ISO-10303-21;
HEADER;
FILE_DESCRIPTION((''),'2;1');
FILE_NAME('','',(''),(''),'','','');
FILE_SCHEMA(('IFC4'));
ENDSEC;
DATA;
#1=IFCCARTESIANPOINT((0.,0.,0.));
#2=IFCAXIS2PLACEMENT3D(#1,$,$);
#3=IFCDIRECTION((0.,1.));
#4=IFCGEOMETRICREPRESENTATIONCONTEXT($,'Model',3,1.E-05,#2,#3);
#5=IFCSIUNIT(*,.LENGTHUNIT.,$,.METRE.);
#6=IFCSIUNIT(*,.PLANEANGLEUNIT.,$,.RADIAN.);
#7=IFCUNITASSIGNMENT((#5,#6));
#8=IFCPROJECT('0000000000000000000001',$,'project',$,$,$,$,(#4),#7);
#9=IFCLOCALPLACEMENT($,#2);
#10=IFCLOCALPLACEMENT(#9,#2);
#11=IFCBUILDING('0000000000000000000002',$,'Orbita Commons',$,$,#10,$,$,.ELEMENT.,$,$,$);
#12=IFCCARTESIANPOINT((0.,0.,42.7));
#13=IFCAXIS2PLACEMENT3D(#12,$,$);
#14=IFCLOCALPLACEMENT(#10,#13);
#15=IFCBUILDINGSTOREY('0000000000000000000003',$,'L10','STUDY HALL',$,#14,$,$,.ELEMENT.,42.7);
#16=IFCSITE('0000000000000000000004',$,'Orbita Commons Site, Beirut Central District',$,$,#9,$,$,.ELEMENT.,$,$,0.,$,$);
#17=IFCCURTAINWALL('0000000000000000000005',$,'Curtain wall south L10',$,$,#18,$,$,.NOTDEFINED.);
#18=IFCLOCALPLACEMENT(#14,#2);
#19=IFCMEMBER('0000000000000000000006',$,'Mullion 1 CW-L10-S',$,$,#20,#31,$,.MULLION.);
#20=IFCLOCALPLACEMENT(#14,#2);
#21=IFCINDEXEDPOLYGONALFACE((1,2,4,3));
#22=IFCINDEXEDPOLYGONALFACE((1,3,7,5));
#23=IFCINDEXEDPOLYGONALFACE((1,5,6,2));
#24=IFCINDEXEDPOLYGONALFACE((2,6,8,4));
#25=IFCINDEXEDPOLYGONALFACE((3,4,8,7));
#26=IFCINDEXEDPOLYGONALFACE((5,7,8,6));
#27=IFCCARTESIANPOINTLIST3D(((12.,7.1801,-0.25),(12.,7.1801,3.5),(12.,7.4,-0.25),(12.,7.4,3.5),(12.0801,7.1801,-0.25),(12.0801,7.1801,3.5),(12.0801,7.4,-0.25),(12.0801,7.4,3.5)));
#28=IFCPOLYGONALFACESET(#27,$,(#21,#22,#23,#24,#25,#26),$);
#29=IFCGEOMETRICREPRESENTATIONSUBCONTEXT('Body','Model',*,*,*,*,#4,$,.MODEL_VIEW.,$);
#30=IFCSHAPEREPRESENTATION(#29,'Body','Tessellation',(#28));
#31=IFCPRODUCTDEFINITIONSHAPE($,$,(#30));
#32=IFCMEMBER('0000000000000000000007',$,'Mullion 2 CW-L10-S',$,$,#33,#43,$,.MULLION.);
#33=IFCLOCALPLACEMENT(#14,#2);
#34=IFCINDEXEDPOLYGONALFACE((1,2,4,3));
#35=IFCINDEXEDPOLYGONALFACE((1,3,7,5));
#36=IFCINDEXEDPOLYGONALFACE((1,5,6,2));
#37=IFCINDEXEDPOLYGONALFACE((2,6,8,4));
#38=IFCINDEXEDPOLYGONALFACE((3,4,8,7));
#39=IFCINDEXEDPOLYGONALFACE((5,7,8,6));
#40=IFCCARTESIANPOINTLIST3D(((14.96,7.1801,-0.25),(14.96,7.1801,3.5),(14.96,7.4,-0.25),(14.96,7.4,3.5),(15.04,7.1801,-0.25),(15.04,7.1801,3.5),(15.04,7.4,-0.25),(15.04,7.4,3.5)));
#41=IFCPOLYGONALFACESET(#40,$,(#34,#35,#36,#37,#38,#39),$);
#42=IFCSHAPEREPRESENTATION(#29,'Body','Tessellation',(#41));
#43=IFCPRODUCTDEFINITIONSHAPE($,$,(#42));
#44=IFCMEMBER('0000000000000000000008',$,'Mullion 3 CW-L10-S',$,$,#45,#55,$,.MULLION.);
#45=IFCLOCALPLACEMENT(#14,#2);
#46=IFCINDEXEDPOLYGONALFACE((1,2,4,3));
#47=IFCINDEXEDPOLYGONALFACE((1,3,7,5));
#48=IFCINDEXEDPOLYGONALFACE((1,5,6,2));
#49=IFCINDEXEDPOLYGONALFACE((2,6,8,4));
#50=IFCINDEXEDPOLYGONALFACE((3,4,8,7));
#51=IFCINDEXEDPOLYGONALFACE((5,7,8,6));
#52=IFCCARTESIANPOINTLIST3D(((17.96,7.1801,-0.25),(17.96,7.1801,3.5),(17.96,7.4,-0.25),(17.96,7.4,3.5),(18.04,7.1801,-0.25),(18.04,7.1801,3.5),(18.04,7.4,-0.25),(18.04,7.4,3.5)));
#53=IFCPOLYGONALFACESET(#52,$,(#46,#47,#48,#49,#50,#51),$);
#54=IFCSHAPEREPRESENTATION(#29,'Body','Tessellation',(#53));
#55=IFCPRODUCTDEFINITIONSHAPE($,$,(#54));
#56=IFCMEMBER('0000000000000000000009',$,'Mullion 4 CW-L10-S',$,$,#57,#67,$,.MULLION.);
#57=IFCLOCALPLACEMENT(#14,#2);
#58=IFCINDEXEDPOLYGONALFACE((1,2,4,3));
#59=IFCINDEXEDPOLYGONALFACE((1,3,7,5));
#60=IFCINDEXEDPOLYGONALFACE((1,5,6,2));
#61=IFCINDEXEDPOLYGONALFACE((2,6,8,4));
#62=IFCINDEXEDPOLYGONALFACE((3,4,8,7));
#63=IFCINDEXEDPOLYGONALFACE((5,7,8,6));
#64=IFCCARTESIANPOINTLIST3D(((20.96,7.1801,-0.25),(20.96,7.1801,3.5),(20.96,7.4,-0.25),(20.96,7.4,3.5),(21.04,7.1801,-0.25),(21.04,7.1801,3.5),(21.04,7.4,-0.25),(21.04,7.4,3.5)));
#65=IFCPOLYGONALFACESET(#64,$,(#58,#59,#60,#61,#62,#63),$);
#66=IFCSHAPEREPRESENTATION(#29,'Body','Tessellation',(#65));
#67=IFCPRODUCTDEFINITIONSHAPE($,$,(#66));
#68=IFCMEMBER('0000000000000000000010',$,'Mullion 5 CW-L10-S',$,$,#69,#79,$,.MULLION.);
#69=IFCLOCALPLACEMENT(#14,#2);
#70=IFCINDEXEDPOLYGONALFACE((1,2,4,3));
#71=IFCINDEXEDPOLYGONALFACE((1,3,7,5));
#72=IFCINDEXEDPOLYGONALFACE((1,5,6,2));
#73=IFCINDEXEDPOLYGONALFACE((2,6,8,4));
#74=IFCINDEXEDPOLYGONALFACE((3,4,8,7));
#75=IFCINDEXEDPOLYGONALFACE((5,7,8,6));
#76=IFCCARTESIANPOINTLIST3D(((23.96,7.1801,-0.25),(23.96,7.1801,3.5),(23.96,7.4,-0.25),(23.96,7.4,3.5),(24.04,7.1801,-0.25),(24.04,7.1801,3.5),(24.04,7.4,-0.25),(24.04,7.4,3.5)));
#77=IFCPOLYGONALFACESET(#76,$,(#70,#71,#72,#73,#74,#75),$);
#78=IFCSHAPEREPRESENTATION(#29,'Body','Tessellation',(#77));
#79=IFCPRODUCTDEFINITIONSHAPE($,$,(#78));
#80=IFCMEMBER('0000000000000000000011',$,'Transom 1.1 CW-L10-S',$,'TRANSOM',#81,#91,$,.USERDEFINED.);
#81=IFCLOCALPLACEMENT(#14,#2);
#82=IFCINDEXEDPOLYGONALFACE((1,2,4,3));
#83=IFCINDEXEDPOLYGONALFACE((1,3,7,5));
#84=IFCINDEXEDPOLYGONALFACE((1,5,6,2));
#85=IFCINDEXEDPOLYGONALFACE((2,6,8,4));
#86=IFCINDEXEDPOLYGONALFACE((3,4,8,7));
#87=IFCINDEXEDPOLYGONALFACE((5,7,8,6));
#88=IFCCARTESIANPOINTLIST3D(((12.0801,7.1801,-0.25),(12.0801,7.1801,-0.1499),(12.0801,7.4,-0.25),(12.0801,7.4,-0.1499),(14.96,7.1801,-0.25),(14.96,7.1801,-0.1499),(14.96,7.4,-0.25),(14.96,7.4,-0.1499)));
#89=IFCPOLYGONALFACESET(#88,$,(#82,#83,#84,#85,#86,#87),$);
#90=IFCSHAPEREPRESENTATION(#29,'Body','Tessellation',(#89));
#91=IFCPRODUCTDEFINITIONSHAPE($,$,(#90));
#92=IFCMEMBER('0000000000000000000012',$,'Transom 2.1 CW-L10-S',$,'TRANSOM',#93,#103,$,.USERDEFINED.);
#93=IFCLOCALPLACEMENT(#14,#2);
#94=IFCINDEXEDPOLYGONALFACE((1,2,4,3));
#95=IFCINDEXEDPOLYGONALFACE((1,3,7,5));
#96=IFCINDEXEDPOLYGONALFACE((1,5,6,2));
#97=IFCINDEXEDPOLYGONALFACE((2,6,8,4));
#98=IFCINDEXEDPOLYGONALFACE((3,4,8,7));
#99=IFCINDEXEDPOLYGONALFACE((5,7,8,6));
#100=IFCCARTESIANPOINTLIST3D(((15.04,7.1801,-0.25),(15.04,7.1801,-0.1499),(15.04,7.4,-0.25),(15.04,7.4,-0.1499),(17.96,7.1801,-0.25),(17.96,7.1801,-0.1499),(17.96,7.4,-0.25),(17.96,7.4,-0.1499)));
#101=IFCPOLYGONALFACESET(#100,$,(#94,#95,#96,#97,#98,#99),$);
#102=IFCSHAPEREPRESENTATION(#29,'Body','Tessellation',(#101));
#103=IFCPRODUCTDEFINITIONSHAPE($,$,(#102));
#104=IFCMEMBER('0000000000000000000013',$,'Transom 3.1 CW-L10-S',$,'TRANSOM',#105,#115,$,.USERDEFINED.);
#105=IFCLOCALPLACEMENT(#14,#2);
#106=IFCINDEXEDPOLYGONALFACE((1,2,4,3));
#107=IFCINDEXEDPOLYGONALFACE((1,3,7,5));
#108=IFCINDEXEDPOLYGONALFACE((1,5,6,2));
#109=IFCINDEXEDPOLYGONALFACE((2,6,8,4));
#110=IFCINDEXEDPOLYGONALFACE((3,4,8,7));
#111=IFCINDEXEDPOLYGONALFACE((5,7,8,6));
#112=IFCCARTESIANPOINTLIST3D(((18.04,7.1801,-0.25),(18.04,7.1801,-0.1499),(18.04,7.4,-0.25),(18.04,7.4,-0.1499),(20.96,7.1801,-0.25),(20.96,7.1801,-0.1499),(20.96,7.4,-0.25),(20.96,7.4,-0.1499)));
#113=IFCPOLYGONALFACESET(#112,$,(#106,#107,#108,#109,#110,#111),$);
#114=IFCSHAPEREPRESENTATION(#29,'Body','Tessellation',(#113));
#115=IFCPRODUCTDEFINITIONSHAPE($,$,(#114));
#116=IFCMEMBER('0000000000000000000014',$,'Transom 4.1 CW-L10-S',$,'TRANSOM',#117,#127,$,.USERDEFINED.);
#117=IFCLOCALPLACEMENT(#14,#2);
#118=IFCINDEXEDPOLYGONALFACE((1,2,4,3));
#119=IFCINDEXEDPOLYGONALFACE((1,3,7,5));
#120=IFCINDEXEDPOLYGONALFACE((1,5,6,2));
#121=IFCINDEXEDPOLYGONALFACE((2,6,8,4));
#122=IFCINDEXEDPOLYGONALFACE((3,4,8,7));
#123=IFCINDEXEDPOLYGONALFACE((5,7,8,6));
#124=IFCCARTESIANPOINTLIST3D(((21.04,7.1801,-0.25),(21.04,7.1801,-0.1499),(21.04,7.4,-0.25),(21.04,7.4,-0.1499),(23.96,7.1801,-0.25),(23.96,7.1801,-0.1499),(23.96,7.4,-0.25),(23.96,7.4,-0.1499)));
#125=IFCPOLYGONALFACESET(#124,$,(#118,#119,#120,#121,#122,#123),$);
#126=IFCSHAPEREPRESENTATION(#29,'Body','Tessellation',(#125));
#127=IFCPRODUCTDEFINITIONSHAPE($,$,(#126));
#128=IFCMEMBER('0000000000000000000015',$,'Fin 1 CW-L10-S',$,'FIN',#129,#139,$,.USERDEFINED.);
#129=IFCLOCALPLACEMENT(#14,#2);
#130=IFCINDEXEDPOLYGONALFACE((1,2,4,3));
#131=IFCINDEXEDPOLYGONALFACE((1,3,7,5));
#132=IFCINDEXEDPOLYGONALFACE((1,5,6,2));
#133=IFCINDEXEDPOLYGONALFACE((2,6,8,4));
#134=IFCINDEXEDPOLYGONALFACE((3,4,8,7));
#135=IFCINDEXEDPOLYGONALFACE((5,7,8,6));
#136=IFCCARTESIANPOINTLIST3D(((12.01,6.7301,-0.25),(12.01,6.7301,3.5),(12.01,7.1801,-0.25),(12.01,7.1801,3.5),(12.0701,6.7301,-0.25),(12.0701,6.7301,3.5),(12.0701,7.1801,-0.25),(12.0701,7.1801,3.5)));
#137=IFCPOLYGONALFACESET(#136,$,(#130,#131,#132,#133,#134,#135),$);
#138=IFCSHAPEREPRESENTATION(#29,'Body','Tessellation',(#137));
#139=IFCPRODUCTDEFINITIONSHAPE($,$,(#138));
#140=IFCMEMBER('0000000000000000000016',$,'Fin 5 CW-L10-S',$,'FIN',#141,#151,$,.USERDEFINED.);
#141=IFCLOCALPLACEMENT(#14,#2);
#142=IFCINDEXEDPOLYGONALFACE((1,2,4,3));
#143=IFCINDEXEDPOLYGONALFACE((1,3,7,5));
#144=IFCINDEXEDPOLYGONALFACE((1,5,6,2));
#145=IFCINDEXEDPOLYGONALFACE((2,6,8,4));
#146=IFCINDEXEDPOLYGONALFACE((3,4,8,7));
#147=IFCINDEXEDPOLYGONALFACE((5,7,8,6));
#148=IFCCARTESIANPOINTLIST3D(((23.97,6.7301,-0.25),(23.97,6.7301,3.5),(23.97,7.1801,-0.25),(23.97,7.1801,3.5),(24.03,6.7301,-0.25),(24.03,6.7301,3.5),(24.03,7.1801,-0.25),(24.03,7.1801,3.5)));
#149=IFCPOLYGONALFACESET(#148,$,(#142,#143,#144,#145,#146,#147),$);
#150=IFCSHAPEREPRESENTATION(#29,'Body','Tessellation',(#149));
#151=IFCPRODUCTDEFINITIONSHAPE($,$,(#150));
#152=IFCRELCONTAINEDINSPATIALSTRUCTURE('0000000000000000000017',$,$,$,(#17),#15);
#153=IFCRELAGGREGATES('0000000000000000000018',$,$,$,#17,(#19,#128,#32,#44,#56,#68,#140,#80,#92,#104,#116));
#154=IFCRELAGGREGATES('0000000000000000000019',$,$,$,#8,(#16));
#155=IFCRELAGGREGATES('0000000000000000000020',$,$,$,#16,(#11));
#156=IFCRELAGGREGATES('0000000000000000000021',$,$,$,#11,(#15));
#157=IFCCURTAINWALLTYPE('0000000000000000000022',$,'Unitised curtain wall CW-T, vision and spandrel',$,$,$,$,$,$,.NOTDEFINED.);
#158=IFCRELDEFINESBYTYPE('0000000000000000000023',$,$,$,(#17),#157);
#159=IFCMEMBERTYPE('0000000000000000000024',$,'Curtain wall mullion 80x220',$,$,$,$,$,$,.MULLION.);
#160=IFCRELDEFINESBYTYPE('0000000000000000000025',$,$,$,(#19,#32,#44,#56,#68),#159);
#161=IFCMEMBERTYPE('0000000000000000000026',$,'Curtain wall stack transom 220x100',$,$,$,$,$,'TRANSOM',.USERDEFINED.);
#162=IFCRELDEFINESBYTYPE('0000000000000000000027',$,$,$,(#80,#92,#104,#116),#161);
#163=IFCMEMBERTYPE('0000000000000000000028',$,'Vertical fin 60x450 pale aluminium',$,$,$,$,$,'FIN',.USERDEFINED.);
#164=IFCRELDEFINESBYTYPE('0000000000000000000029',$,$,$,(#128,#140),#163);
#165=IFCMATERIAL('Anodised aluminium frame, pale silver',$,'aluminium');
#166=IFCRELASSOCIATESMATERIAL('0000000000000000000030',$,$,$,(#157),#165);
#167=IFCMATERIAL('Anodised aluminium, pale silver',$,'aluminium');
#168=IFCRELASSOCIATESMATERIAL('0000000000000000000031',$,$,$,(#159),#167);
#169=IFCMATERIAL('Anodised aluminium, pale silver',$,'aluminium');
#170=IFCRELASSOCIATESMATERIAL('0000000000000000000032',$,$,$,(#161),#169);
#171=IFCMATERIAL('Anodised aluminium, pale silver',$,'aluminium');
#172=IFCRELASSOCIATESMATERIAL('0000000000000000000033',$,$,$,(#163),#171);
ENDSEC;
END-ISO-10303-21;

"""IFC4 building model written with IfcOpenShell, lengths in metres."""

from ifc_helpers import new_model, si_unit, direction, frame, origin, origin_2d, place, context, subcontext, project, spatial, rectangle, extrude, material, material_profile, profile_set, type_object, element, aggregate, save


model = new_model("IFC4")

# Units and contexts
model_context = context("Model", 3, precision=1e-05, world=origin(), true_north=direction((0.0, 1.0)))
body_context = subcontext(model_context, "Body", "Model", "MODEL_VIEW")
ifc_project = project(units=[si_unit("LENGTHUNIT", "METRE"), si_unit("PLANEANGLEUNIT", "RADIAN")], contexts=[model_context])

# Site, building, storey
site_placement = place(None, origin())
site = spatial("IfcSite", under=ifc_project, at=site_placement, Name="Orbita Commons Site, Beirut Central District", CompositionType="ELEMENT", RefElevation=0.0)
building_placement = place(site_placement, origin())
building = spatial("IfcBuilding", under=site, at=building_placement, Name="Orbita Commons", CompositionType="ELEMENT")
storey_placement = place(building_placement, frame((0.0, 0.0, 42.7)))
storey = spatial("IfcBuildingStorey", under=building, at=storey_placement, Name="L10", Description="STUDY HALL", CompositionType="ELEMENT", Elevation=42.7)

# Curtain wall, members
ifc_material_1 = material(Name="Anodised aluminium frame, pale silver", Category="aluminium")
curtain_wall_type = type_object("IfcCurtainWallType", Name="Unitised curtain wall CW-T, vision and spandrel", PredefinedType="NOTDEFINED", material=ifc_material_1)
curtain_wall_placement = place(storey_placement, origin())
curtain_wall = element("IfcCurtainWall", 1, at=curtain_wall_placement, inside=storey, type_object=curtain_wall_type, Name="Curtain wall south L10", PredefinedType="NOTDEFINED")
ifc_material_2 = material(Name="Anodised aluminium, pale silver", Category="aluminium")
ifc_material_profile_1 = material_profile(ifc_material_2, rectangle(XDim=0.0801, YDim=0.22, at=origin_2d()), Name="AL 80x220")
ifc_profile_set_1 = profile_set([ifc_material_profile_1], Name="Anodised aluminium, pale silver")
member_type_1 = type_object("IfcMemberType", Name="Curtain wall mullion 80x220", PredefinedType="MULLION", material=ifc_profile_set_1)
member_1_placement = place(storey_placement, frame((12.04, 7.29, -0.25), z_axis=(0.0, 0.0, 1.0), x_axis=(1.0, 0.0, 0.0)))
member_1 = element("IfcMember", 2, at=member_1_placement, type_object=member_type_1, Name="Mullion 1 CW-L10-S", PredefinedType="MULLION", context=body_context, shape_type="SweptSolid", body=[
    extrude(rectangle(XDim=0.0801, YDim=0.22, at=origin_2d()), origin(), (0.0, 0.0, 1.0), 3.75),
])
member_2_placement = place(storey_placement, frame((15.0, 7.29, -0.25), z_axis=(0.0, 0.0, 1.0), x_axis=(1.0, 0.0, 0.0)))
member_2 = element("IfcMember", 3, at=member_2_placement, type_object=member_type_1, Name="Mullion 2 CW-L10-S", PredefinedType="MULLION", context=body_context, shape_type="SweptSolid", body=[
    extrude(rectangle(XDim=0.0801, YDim=0.22, at=origin_2d()), origin(), (0.0, 0.0, 1.0), 3.75),
])
member_3_placement = place(storey_placement, frame((18.0, 7.29, -0.25), z_axis=(0.0, 0.0, 1.0), x_axis=(1.0, 0.0, 0.0)))
member_3 = element("IfcMember", 4, at=member_3_placement, type_object=member_type_1, Name="Mullion 3 CW-L10-S", PredefinedType="MULLION", context=body_context, shape_type="SweptSolid", body=[
    extrude(rectangle(XDim=0.0801, YDim=0.22, at=origin_2d()), origin(), (0.0, 0.0, 1.0), 3.75),
])
member_4_placement = place(storey_placement, frame((21.0, 7.29, -0.25), z_axis=(0.0, 0.0, 1.0), x_axis=(1.0, 0.0, 0.0)))
member_4 = element("IfcMember", 5, at=member_4_placement, type_object=member_type_1, Name="Mullion 4 CW-L10-S", PredefinedType="MULLION", context=body_context, shape_type="SweptSolid", body=[
    extrude(rectangle(XDim=0.0801, YDim=0.22, at=origin_2d()), origin(), (0.0, 0.0, 1.0), 3.75),
])
member_5_placement = place(storey_placement, frame((24.0, 7.29, -0.25), z_axis=(0.0, 0.0, 1.0), x_axis=(1.0, 0.0, 0.0)))
member_5 = element("IfcMember", 6, at=member_5_placement, type_object=member_type_1, Name="Mullion 5 CW-L10-S", PredefinedType="MULLION", context=body_context, shape_type="SweptSolid", body=[
    extrude(rectangle(XDim=0.0801, YDim=0.22, at=origin_2d()), origin(), (0.0, 0.0, 1.0), 3.75),
])
ifc_material_3 = material(Name="Anodised aluminium, pale silver", Category="aluminium")
ifc_material_profile_2 = material_profile(ifc_material_3, rectangle(XDim=0.22, YDim=0.1001, at=origin_2d()), Name="AL 220x100")
ifc_profile_set_2 = profile_set([ifc_material_profile_2], Name="Anodised aluminium, pale silver")
member_type_2 = type_object("IfcMemberType", Name="Curtain wall stack transom 220x100", ElementType="TRANSOM", PredefinedType="USERDEFINED", material=ifc_profile_set_2)
member_6_placement = place(storey_placement, frame((12.0801, 7.29, -0.2), z_axis=(1.0, 0.0, 0.0), x_axis=(0.0, 1.0, 0.0)))
member_6 = element("IfcMember", 7, at=member_6_placement, type_object=member_type_2, Name="Transom 1.1 CW-L10-S", ObjectType="TRANSOM", PredefinedType="USERDEFINED", context=body_context, shape_type="SweptSolid", body=[
    extrude(rectangle(XDim=0.22, YDim=0.1001, at=origin_2d()), origin(), (0.0, 0.0, 1.0), 2.8799),
])
member_7_placement = place(storey_placement, frame((15.04, 7.29, -0.2), z_axis=(1.0, 0.0, 0.0), x_axis=(0.0, 1.0, 0.0)))
member_7 = element("IfcMember", 8, at=member_7_placement, type_object=member_type_2, Name="Transom 2.1 CW-L10-S", ObjectType="TRANSOM", PredefinedType="USERDEFINED", context=body_context, shape_type="SweptSolid", body=[
    extrude(rectangle(XDim=0.22, YDim=0.1001, at=origin_2d()), origin(), (0.0, 0.0, 1.0), 2.9199),
])
member_8_placement = place(storey_placement, frame((18.04, 7.29, -0.2), z_axis=(1.0, 0.0, 0.0), x_axis=(0.0, 1.0, 0.0)))
member_8 = element("IfcMember", 9, at=member_8_placement, type_object=member_type_2, Name="Transom 3.1 CW-L10-S", ObjectType="TRANSOM", PredefinedType="USERDEFINED", context=body_context, shape_type="SweptSolid", body=[
    extrude(rectangle(XDim=0.22, YDim=0.1001, at=origin_2d()), origin(), (0.0, 0.0, 1.0), 2.9199),
])
member_9_placement = place(storey_placement, frame((21.04, 7.29, -0.2), z_axis=(1.0, 0.0, 0.0), x_axis=(0.0, 1.0, 0.0)))
member_9 = element("IfcMember", 10, at=member_9_placement, type_object=member_type_2, Name="Transom 4.1 CW-L10-S", ObjectType="TRANSOM", PredefinedType="USERDEFINED", context=body_context, shape_type="SweptSolid", body=[
    extrude(rectangle(XDim=0.22, YDim=0.1001, at=origin_2d()), origin(), (0.0, 0.0, 1.0), 2.9199),
])
ifc_material_4 = material(Name="Anodised aluminium, pale silver", Category="aluminium")
ifc_material_profile_3 = material_profile(ifc_material_4, rectangle(XDim=0.0601, YDim=0.45, at=origin_2d()), Name="FIN 60x450")
ifc_profile_set_3 = profile_set([ifc_material_profile_3], Name="Anodised aluminium, pale silver")
member_type_3 = type_object("IfcMemberType", Name="Vertical fin 60x450 pale aluminium", ElementType="FIN", PredefinedType="USERDEFINED", material=ifc_profile_set_3)
member_10_placement = place(storey_placement, frame((12.04, 6.9551, -0.25), z_axis=(0.0, 0.0, 1.0), x_axis=(1.0, 0.0, 0.0)))
member_10 = element("IfcMember", 11, at=member_10_placement, type_object=member_type_3, Name="Fin 1 CW-L10-S", ObjectType="FIN", PredefinedType="USERDEFINED", context=body_context, shape_type="SweptSolid", body=[
    extrude(rectangle(XDim=0.0601, YDim=0.45, at=origin_2d()), origin(), (0.0, 0.0, 1.0), 3.75),
])
member_11_placement = place(storey_placement, frame((24.0, 6.9551, -0.25), z_axis=(0.0, 0.0, 1.0), x_axis=(1.0, 0.0, 0.0)))
member_11 = element("IfcMember", 12, at=member_11_placement, type_object=member_type_3, Name="Fin 5 CW-L10-S", ObjectType="FIN", PredefinedType="USERDEFINED", context=body_context, shape_type="SweptSolid", body=[
    extrude(rectangle(XDim=0.0601, YDim=0.45, at=origin_2d()), origin(), (0.0, 0.0, 1.0), 3.75),
])

aggregate(curtain_wall, [member_1, member_10, member_2, member_3, member_4, member_5, member_11, member_6, member_7, member_8, member_9])

save(model, "model.ifc")
